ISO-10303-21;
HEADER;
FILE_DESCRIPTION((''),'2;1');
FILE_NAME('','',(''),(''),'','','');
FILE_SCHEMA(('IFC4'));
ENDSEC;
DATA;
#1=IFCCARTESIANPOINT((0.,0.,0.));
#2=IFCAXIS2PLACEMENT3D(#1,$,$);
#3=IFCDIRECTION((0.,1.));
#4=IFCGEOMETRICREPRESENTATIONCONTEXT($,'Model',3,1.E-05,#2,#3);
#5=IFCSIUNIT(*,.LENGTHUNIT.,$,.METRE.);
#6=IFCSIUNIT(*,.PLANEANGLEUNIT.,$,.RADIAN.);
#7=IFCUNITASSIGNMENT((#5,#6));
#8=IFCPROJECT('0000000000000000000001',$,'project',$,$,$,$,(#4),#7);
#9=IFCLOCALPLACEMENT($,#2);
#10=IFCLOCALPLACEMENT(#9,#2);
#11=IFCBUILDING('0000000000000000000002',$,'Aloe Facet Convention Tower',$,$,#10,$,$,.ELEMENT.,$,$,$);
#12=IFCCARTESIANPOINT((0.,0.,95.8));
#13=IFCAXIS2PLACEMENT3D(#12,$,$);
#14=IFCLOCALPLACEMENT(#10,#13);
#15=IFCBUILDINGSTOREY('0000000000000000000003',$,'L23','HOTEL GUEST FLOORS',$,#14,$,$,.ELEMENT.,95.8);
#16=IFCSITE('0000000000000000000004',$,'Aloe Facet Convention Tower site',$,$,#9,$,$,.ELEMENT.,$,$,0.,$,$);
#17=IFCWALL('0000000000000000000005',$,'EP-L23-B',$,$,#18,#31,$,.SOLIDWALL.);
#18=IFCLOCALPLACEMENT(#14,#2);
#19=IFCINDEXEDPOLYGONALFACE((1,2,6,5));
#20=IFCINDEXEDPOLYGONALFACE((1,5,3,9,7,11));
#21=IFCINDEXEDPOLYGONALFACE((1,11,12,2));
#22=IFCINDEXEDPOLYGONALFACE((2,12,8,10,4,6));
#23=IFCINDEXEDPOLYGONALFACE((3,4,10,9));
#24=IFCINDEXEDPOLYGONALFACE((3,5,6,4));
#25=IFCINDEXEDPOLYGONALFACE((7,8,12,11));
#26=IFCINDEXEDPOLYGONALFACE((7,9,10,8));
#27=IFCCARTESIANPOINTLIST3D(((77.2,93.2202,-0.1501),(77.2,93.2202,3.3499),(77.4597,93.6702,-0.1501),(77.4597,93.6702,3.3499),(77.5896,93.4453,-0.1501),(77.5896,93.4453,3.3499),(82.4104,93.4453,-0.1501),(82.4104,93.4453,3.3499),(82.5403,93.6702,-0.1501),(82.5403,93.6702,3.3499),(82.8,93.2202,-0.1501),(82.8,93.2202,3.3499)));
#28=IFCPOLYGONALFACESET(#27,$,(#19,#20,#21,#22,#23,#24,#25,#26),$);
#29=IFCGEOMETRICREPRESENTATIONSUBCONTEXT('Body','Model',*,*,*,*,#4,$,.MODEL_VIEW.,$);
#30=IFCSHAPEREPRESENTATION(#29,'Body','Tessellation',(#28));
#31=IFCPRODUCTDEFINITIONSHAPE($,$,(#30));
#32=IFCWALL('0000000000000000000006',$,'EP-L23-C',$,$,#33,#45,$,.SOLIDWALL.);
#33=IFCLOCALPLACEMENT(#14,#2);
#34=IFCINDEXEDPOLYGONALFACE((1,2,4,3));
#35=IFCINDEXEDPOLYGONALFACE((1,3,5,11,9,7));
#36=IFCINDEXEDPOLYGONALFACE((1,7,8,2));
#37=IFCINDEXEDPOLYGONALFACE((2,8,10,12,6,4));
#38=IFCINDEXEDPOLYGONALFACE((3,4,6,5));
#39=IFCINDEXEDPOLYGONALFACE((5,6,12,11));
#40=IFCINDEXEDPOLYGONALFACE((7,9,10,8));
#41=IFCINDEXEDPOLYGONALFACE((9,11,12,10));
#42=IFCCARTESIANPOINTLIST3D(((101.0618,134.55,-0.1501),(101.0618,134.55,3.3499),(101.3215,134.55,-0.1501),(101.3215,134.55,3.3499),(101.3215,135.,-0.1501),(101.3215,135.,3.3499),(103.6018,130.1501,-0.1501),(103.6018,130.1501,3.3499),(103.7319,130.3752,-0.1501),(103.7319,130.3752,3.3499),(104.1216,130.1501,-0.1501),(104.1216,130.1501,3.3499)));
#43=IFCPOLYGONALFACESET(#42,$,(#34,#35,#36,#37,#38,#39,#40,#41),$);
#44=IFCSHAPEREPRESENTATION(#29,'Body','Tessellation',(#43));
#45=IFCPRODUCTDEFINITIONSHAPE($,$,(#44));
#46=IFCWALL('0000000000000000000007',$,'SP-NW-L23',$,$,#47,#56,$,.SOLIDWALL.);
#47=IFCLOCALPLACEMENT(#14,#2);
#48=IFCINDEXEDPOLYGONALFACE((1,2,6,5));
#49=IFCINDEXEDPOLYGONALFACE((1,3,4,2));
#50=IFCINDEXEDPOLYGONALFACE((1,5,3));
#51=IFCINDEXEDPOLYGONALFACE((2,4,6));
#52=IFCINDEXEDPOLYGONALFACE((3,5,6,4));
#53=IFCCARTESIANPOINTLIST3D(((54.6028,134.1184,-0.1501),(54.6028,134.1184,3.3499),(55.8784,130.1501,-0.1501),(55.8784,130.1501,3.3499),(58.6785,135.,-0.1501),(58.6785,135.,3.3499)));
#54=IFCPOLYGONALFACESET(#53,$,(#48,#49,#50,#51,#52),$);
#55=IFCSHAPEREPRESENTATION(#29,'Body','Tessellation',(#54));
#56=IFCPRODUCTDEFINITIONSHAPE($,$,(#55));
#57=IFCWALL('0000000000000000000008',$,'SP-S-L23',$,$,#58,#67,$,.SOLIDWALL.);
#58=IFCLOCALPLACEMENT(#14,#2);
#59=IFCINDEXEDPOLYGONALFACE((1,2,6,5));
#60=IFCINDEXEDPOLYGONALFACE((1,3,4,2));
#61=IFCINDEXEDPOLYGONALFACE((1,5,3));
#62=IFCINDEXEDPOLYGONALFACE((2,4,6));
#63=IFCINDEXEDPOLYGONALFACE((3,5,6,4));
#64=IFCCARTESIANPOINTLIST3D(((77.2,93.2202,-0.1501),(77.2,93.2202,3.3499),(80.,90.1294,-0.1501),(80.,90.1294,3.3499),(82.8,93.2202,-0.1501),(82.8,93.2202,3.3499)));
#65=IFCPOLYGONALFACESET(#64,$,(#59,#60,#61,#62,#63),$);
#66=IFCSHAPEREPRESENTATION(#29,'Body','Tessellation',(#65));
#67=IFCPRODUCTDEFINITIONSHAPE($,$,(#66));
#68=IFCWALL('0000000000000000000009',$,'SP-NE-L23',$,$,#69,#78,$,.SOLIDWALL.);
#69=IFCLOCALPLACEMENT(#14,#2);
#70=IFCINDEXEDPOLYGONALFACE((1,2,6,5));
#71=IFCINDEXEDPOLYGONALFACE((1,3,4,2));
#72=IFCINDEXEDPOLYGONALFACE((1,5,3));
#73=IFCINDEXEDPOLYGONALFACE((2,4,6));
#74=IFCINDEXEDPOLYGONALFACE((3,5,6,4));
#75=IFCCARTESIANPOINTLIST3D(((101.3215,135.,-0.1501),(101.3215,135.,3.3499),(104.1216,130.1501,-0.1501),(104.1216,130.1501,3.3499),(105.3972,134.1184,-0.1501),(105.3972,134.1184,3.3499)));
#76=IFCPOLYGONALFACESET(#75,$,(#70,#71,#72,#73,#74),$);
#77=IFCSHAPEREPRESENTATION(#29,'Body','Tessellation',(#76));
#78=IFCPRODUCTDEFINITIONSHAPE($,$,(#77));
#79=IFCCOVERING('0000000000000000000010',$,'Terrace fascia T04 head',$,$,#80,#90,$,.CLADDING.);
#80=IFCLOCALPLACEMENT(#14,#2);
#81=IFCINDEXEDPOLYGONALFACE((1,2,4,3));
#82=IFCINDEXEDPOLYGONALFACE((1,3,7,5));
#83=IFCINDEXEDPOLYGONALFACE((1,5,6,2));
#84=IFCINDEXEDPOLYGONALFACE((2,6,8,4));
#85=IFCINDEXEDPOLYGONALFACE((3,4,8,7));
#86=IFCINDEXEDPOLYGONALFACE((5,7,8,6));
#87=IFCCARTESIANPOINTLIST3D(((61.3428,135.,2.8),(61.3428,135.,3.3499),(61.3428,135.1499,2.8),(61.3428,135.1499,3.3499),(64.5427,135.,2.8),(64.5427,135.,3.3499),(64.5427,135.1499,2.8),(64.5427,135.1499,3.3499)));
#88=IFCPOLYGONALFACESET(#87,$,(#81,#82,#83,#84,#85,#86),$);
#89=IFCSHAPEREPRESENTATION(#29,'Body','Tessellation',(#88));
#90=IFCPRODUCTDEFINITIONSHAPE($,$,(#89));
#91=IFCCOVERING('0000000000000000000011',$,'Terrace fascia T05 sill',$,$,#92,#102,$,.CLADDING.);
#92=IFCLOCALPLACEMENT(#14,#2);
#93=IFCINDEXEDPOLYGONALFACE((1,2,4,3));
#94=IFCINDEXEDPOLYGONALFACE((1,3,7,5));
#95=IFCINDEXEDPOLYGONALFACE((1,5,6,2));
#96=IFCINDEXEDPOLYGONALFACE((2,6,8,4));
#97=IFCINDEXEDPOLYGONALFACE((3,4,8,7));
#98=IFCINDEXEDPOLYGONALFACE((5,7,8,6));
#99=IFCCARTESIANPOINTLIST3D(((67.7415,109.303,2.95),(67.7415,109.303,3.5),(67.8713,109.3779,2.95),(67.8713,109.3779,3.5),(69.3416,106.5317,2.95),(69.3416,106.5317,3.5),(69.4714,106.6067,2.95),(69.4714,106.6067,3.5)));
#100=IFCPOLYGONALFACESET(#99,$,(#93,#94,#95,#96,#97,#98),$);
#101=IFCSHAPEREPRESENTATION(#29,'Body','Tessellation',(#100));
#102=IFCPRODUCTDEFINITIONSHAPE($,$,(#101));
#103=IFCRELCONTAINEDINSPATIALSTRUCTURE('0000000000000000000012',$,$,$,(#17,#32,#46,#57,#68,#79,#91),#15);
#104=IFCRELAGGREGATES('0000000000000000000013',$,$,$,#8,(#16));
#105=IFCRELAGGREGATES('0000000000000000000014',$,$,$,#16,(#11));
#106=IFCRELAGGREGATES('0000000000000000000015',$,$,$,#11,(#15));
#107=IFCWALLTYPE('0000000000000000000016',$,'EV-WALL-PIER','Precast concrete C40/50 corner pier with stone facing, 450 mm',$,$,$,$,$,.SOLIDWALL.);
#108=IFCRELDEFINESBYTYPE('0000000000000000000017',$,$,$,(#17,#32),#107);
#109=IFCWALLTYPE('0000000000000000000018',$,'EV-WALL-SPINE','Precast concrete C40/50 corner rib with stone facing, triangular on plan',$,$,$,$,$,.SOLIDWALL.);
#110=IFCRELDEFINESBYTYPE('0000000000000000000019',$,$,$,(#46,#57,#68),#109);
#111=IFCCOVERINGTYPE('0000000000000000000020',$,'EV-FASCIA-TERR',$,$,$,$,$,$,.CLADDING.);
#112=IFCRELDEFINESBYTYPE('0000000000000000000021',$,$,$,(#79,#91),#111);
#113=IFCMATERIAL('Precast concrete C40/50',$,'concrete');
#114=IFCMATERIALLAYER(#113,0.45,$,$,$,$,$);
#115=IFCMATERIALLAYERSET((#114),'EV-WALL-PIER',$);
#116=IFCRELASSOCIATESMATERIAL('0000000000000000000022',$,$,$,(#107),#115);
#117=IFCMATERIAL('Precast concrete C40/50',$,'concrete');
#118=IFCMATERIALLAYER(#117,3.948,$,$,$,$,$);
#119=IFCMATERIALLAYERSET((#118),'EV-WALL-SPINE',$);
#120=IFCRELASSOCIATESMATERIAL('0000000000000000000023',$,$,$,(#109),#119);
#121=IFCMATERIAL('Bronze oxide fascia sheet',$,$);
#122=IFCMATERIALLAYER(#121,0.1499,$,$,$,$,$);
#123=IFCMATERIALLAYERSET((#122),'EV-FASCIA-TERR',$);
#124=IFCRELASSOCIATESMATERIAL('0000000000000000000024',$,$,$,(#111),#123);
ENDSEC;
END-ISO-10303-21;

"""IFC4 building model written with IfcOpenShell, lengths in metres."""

from ifc_helpers import new_model, si_unit, direction, frame, origin, place, context, subcontext, project, spatial, polyline, outline, extrude, material, layer, layer_set, type_object, element, save


model = new_model("IFC4")

# Units and contexts
model_context = context("Model", 3, precision=1e-05, world=origin(), true_north=direction((0.0, 1.0)))
body_context = subcontext(model_context, "Body", "Model", "MODEL_VIEW")
ifc_project = project(units=[si_unit("LENGTHUNIT", "METRE"), si_unit("PLANEANGLEUNIT", "RADIAN")], contexts=[model_context])

# Site, building, storey
site_placement = place(None, origin())
site = spatial("IfcSite", under=ifc_project, at=site_placement, Name="Aloe Facet Convention Tower site", CompositionType="ELEMENT", RefElevation=0.0)
building_placement = place(site_placement, origin())
building = spatial("IfcBuilding", under=site, at=building_placement, Name="Aloe Facet Convention Tower", CompositionType="ELEMENT")
storey_placement = place(building_placement, frame((0.0, 0.0, 95.8)))
storey = spatial("IfcBuildingStorey", under=building, at=storey_placement, Name="L23", Description="HOTEL GUEST FLOORS", CompositionType="ELEMENT", Elevation=95.8)

# Walls
ifc_material_1 = material(Name="Precast concrete C40/50", Category="concrete")
ifc_layer_1 = layer(ifc_material_1, 0.45)
ifc_layer_set_1 = layer_set([ifc_layer_1], Name="EV-WALL-PIER")
wall_type_1 = type_object("IfcWallType", Name="EV-WALL-PIER", Description="Precast concrete C40/50 corner pier with stone facing, 450 mm", PredefinedType="SOLIDWALL", material=ifc_layer_set_1)
wall_1_placement = place(storey_placement, frame((0.0, 0.0, -0.1501)))
element("IfcWall", 1, at=wall_1_placement, inside=storey, type_object=wall_type_1, Name="EP-L23-B", PredefinedType="SOLIDWALL", context=body_context, shape_type="SweptSolid", body=[
    extrude(outline(polyline([(77.2, 93.2202), (77.5896, 93.4453), (77.4597, 93.6702), (82.5403, 93.6702), (82.4104, 93.4453), (82.8, 93.2202), (77.2, 93.2202)])), origin(), (0.0, 0.0, 1.0), 3.5),
])
wall_2_placement = place(storey_placement, frame((0.0, 0.0, -0.1501)))
element("IfcWall", 2, at=wall_2_placement, inside=storey, type_object=wall_type_1, Name="EP-L23-C", PredefinedType="SOLIDWALL", context=body_context, shape_type="SweptSolid", body=[
    extrude(outline(polyline([(104.1216, 130.1501), (103.7319, 130.3752), (103.6018, 130.1501), (101.0618, 134.55), (101.3215, 134.55), (101.3215, 135.0), (104.1216, 130.1501)])), origin(), (0.0, 0.0, 1.0), 3.5),
])
ifc_material_2 = material(Name="Precast concrete C40/50", Category="concrete")
ifc_layer_2 = layer(ifc_material_2, 3.948)
ifc_layer_set_2 = layer_set([ifc_layer_2], Name="EV-WALL-SPINE")
wall_type_2 = type_object("IfcWallType", Name="EV-WALL-SPINE", Description="Precast concrete C40/50 corner rib with stone facing, triangular on plan", PredefinedType="SOLIDWALL", material=ifc_layer_set_2)
wall_3_placement = place(storey_placement, frame((0.0, 0.0, -0.1501)))
element("IfcWall", 3, at=wall_3_placement, inside=storey, type_object=wall_type_2, Name="SP-NW-L23", PredefinedType="SOLIDWALL", context=body_context, shape_type="SweptSolid", body=[
    extrude(outline(polyline([(58.6785, 135.0), (54.6028, 134.1184), (55.8784, 130.1501), (58.6785, 135.0)])), origin(), (0.0, 0.0, 1.0), 3.5),
])
wall_4_placement = place(storey_placement, frame((0.0, 0.0, -0.1501)))
element("IfcWall", 4, at=wall_4_placement, inside=storey, type_object=wall_type_2, Name="SP-S-L23", PredefinedType="SOLIDWALL", context=body_context, shape_type="SweptSolid", body=[
    extrude(outline(polyline([(77.2, 93.2202), (80.0, 90.1294), (82.8, 93.2202), (77.2, 93.2202)])), origin(), (0.0, 0.0, 1.0), 3.5),
])
wall_5_placement = place(storey_placement, frame((0.0, 0.0, -0.1501)))
element("IfcWall", 5, at=wall_5_placement, inside=storey, type_object=wall_type_2, Name="SP-NE-L23", PredefinedType="SOLIDWALL", context=body_context, shape_type="SweptSolid", body=[
    extrude(outline(polyline([(104.1216, 130.1501), (105.3972, 134.1184), (101.3215, 135.0), (104.1216, 130.1501)])), origin(), (0.0, 0.0, 1.0), 3.5),
])

# Coverings
ifc_material_3 = material(Name="Bronze oxide fascia sheet")
ifc_layer_3 = layer(ifc_material_3, 0.1499)
ifc_layer_set_3 = layer_set([ifc_layer_3], Name="EV-FASCIA-TERR")
covering_type = type_object("IfcCoveringType", Name="EV-FASCIA-TERR", PredefinedType="CLADDING", material=ifc_layer_set_3)
covering_1_placement = place(storey_placement, frame((0.0, 0.0, 2.8)))
element("IfcCovering", 6, at=covering_1_placement, inside=storey, type_object=covering_type, Name="Terrace fascia T04 head", PredefinedType="CLADDING", context=body_context, shape_type="SweptSolid", body=[
    extrude(outline(polyline([(64.5427, 135.1499), (61.3428, 135.1499), (61.3428, 135.0), (64.5427, 135.0), (64.5427, 135.1499)])), origin(), (0.0, 0.0, 1.0), 0.5498),
])
covering_2_placement = place(storey_placement, frame((0.0, 0.0, 2.95)))
element("IfcCovering", 7, at=covering_2_placement, inside=storey, type_object=covering_type, Name="Terrace fascia T05 sill", PredefinedType="CLADDING", context=body_context, shape_type="SweptSolid", body=[
    extrude(outline(polyline([(67.7415, 109.303), (69.3416, 106.5317), (69.4714, 106.6067), (67.8713, 109.3779), (67.7415, 109.303)])), origin(), (0.0, 0.0, 1.0), 0.55),
])

save(model, "model.ifc")
